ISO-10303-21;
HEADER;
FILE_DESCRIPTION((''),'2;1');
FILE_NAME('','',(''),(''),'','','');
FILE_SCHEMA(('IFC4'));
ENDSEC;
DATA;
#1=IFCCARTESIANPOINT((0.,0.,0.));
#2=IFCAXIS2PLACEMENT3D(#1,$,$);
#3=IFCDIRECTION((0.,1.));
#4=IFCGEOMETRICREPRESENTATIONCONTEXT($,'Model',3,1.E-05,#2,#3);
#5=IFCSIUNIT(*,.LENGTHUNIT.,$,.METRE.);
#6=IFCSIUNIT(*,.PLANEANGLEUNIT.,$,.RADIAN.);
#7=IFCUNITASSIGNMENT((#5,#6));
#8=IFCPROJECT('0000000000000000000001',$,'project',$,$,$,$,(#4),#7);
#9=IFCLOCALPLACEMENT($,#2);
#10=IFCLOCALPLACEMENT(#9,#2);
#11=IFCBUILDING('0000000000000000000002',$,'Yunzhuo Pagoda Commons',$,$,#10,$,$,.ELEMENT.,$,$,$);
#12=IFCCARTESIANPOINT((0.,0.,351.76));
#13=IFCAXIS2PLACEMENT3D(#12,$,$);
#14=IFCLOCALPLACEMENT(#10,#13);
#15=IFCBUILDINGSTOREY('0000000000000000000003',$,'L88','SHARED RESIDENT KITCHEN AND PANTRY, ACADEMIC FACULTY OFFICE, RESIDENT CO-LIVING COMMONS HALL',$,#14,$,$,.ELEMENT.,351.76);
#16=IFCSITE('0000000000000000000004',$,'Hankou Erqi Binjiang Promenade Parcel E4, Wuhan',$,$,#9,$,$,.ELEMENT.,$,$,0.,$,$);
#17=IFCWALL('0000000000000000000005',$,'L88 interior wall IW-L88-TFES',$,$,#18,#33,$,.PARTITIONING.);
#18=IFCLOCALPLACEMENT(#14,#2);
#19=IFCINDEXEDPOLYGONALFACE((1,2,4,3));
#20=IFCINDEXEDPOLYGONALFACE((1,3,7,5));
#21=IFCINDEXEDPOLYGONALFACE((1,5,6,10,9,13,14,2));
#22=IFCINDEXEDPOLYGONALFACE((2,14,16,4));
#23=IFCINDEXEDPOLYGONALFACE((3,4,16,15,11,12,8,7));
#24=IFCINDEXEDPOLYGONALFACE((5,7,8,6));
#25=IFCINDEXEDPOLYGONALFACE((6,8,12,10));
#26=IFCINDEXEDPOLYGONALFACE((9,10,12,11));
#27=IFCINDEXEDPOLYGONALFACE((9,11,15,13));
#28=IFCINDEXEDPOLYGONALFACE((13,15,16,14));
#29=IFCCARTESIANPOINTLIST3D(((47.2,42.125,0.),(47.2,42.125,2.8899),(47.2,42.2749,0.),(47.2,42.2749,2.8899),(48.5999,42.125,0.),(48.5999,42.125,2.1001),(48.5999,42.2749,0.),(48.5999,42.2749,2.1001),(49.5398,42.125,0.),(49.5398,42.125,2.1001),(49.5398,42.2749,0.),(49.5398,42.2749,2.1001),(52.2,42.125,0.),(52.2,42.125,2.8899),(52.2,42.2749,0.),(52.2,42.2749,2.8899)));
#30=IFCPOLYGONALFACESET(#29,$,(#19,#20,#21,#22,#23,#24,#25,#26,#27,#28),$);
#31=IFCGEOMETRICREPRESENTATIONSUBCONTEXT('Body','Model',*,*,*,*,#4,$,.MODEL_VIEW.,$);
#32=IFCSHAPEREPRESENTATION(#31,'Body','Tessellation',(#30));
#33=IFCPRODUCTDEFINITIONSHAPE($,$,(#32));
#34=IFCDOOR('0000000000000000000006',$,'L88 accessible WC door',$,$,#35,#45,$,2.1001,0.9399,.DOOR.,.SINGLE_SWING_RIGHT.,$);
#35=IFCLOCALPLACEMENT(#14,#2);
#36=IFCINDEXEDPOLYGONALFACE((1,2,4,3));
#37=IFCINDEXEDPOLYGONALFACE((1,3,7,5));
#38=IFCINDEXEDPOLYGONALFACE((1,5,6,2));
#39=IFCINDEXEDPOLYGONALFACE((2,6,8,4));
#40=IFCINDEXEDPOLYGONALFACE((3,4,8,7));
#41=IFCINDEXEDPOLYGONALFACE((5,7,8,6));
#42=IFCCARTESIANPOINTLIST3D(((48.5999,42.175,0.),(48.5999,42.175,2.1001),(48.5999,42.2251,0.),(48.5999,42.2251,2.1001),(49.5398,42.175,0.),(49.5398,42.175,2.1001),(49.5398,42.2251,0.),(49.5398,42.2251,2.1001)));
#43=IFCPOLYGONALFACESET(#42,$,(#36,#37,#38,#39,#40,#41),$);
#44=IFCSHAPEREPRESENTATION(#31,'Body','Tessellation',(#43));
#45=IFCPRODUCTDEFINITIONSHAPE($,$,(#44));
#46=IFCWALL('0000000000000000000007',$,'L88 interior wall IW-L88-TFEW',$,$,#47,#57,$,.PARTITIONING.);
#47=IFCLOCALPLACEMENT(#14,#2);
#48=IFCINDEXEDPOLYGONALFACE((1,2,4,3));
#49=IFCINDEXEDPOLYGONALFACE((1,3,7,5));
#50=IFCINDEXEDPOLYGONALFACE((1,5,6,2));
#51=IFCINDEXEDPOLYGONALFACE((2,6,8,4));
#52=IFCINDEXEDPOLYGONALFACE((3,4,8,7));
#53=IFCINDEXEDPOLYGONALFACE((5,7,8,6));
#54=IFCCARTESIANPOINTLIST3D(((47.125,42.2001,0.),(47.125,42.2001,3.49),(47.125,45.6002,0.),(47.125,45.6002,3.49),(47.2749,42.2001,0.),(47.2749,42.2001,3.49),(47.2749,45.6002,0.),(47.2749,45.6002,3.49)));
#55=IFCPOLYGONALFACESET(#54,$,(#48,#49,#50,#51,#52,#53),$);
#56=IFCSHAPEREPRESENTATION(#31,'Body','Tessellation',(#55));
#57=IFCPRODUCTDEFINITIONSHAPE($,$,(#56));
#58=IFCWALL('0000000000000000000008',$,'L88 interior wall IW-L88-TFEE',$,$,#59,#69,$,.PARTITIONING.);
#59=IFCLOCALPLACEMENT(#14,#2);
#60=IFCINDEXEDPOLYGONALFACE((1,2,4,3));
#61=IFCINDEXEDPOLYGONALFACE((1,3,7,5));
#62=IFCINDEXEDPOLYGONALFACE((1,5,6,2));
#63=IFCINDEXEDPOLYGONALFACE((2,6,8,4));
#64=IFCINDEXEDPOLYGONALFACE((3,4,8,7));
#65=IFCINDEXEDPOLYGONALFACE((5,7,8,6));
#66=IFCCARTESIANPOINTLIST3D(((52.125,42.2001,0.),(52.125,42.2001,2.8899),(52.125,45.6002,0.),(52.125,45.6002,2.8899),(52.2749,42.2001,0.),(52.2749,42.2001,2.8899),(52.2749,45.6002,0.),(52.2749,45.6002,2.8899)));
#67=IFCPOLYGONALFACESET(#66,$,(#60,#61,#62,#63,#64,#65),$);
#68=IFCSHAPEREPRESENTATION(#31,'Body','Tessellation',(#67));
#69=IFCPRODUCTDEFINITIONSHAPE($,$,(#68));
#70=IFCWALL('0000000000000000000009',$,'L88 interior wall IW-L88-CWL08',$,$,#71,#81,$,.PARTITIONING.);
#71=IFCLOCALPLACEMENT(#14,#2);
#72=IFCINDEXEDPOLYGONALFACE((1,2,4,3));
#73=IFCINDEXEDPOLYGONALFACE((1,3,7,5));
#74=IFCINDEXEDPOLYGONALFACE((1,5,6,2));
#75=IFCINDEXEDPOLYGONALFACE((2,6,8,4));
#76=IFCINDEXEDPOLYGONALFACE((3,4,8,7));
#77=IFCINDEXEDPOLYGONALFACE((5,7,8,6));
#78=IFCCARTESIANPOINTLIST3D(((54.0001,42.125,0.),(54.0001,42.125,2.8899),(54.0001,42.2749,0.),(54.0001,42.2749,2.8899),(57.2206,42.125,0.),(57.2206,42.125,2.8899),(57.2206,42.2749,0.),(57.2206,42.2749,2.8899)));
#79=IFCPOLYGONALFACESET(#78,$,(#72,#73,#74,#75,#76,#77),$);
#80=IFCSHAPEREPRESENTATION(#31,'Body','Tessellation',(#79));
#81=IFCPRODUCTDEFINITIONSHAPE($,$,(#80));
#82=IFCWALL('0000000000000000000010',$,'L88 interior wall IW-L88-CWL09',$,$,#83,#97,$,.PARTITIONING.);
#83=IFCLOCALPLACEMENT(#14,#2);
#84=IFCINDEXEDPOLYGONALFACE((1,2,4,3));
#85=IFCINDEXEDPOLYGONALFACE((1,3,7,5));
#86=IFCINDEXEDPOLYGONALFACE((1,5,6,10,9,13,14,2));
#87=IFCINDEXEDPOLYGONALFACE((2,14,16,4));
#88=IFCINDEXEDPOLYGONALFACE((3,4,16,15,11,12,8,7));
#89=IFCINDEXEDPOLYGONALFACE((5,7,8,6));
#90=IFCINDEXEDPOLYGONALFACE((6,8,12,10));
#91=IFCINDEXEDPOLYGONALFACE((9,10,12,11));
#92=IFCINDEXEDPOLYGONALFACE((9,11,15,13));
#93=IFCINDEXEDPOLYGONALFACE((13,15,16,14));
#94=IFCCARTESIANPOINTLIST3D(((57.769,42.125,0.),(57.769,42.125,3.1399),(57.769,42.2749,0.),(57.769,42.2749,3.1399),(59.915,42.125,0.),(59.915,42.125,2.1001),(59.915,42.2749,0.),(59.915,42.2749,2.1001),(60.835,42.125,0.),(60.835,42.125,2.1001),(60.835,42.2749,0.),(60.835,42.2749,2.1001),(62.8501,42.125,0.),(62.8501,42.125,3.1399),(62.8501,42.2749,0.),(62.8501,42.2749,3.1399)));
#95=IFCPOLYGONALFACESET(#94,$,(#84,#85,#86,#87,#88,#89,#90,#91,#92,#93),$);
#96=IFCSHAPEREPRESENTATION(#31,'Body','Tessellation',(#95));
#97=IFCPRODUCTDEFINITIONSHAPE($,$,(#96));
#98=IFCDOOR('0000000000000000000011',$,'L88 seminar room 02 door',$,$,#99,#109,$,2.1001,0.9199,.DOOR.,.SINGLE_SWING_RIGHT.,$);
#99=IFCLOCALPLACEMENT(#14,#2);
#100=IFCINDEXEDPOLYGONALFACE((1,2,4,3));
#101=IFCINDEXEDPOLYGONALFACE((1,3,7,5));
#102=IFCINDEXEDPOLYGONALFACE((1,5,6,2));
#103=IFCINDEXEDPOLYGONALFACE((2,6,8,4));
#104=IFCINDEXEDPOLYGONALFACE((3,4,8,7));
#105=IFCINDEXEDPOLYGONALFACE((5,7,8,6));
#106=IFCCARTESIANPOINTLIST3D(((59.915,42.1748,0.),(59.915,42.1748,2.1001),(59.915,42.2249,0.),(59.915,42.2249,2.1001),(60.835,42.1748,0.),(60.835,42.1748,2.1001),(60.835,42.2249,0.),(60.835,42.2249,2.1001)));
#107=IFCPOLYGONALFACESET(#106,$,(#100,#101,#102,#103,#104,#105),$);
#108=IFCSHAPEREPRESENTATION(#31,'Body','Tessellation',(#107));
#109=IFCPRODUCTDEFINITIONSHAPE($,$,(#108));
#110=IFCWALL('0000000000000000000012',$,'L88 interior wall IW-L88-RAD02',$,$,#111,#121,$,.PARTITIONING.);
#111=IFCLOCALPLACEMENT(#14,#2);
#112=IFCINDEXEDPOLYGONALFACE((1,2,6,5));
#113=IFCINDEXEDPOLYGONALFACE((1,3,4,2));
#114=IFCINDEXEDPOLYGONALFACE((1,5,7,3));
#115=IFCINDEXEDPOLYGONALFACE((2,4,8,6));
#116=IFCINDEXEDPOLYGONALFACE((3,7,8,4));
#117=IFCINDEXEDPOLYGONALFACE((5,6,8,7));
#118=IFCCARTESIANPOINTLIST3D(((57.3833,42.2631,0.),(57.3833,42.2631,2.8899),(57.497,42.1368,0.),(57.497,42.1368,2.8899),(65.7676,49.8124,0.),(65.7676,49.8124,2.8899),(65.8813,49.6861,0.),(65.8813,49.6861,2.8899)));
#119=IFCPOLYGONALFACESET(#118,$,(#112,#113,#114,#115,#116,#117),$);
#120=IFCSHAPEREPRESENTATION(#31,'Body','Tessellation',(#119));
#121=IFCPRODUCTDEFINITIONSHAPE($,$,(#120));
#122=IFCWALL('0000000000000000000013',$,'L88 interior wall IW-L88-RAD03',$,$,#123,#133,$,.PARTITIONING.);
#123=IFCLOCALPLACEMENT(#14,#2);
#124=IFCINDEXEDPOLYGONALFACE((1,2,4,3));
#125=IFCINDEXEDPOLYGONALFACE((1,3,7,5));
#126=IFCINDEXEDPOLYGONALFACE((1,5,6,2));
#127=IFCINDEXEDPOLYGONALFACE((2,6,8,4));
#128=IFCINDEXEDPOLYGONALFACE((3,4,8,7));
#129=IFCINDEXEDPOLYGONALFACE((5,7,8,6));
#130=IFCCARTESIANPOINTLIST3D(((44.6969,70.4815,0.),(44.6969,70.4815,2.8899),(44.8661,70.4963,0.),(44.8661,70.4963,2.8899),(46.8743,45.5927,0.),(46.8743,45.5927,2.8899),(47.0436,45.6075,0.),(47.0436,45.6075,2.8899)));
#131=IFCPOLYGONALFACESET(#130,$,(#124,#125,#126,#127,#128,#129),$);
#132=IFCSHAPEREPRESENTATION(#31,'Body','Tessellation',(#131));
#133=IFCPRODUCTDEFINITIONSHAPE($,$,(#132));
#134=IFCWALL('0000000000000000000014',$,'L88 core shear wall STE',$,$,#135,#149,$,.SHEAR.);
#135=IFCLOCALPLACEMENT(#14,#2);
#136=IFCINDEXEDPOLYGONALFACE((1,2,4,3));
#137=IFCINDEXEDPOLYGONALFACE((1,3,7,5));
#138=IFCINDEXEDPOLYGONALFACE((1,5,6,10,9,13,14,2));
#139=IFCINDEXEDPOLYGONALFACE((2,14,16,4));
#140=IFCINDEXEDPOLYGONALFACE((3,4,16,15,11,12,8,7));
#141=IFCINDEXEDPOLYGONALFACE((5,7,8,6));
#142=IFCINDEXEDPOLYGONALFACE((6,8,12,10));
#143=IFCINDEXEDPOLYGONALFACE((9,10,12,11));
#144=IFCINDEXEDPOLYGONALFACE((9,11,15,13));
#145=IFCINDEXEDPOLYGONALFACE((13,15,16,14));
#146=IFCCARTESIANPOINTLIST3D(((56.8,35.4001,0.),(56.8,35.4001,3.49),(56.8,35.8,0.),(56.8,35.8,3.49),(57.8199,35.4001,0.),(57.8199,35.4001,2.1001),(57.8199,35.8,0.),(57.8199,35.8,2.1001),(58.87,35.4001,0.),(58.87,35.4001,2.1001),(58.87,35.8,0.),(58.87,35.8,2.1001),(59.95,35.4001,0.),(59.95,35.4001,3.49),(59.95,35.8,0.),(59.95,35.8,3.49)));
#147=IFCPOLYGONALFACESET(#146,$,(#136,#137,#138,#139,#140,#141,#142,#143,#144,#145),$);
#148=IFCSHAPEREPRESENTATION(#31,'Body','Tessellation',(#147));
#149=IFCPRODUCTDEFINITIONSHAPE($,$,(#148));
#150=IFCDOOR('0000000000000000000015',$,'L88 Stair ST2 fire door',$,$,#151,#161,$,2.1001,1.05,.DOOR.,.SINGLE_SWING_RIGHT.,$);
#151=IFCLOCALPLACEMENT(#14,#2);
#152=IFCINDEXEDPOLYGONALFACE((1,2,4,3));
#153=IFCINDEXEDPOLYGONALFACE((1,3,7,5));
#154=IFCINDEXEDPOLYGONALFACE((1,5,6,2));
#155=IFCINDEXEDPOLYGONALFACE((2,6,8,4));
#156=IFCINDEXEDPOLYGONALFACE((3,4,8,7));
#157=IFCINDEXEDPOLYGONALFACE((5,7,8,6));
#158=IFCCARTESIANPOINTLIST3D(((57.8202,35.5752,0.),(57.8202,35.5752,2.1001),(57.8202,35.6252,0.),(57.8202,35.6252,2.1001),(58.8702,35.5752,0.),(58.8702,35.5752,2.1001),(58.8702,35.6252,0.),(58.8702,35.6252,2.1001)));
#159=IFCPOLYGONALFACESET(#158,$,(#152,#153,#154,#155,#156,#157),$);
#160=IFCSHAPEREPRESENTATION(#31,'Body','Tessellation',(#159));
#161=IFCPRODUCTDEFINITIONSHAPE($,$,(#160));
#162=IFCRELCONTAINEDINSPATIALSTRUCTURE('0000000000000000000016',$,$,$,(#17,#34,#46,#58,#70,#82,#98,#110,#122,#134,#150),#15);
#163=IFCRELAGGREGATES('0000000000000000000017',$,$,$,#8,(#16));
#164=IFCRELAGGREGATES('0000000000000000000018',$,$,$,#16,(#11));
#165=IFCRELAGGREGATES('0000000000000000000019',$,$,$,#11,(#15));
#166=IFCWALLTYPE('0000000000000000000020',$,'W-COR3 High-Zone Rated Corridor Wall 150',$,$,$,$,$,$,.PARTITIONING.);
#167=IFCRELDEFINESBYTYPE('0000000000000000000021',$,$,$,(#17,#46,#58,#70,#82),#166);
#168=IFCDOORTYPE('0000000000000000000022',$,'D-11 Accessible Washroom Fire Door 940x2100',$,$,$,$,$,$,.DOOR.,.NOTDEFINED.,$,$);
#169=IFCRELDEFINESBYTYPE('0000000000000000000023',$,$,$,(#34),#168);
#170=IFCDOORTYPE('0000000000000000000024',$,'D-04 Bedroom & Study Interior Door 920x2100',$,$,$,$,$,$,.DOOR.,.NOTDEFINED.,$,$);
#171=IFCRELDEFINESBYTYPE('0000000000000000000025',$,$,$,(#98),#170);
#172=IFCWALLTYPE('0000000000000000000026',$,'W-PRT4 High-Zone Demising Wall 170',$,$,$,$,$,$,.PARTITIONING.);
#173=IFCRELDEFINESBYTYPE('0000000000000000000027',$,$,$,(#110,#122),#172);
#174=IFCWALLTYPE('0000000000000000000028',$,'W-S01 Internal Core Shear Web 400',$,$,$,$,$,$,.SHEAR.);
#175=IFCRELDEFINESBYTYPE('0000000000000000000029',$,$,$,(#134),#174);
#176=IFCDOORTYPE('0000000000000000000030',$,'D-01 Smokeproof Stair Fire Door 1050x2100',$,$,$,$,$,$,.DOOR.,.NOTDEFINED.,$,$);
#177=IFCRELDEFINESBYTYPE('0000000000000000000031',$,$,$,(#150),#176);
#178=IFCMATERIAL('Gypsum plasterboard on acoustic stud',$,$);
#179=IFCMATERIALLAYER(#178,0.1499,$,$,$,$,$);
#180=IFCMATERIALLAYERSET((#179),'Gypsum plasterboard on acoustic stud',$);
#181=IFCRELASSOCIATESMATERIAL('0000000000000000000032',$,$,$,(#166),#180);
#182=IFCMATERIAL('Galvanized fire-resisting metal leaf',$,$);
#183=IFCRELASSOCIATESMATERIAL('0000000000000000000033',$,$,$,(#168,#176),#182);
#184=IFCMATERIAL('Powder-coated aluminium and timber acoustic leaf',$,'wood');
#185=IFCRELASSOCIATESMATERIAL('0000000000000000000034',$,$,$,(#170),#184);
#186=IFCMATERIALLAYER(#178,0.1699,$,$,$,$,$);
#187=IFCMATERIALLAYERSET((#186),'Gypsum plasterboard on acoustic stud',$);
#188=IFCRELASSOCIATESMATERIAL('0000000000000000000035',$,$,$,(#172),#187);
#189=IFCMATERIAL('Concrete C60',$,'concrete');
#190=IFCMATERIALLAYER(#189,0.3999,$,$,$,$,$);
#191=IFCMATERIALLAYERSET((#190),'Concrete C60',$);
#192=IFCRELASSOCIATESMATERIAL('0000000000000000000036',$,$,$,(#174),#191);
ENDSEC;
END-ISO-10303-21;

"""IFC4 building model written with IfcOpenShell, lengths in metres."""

from ifc_helpers import new_model, si_unit, direction, frame, frame_2d, origin, origin_with_axes, place, context, subcontext, project, spatial, rectangle, extrude, source, transform, mapped, material, layer, layer_set, type_object, element, fill, save


model = new_model("IFC4")

# Units and contexts
model_context = context("Model", 3, precision=1e-05, world=origin(), true_north=direction((0.0, 1.0)))
body_context = subcontext(model_context, "Body", "Model", "MODEL_VIEW")
ifc_project = project(units=[si_unit("LENGTHUNIT", "METRE"), si_unit("PLANEANGLEUNIT", "RADIAN")], contexts=[model_context])

# Site, building, storey
site_placement = place(None, origin())
site = spatial("IfcSite", under=ifc_project, at=site_placement, Name="Hankou Erqi Binjiang Promenade Parcel E4, Wuhan", CompositionType="ELEMENT", RefElevation=0.0)
building_placement = place(site_placement, origin())
building = spatial("IfcBuilding", under=site, at=building_placement, Name="Yunzhuo Pagoda Commons", CompositionType="ELEMENT")
storey_placement = place(building_placement, frame((0.0, 0.0, 351.76)))
storey = spatial("IfcBuildingStorey", under=building, at=storey_placement, Name="L88", Description="SHARED RESIDENT KITCHEN AND PANTRY, ACADEMIC FACULTY OFFICE, RESIDENT CO-LIVING COMMONS HALL", CompositionType="ELEMENT", Elevation=351.76)

# Wall, opening, door
ifc_material_1 = material(Name="Galvanized fire-resisting metal leaf")
shared_shape_1 = source(origin(), body_context, "Body", "SweptSolid", [
    extrude(rectangle(XDim=1.05, YDim=2.1001, at=frame_2d((0.5249, 1.05))), frame((0.0, 0.0249, 0.0), z_axis=(0.0, -1.0, 0.0), x_axis=(1.0, 0.0, 0.0)), (0.0, 0.0, 1.0), 0.05),
])
ifc_material_2 = material(Name="Gypsum plasterboard on acoustic stud")
ifc_layer_1 = layer(ifc_material_2, 0.1499)
ifc_layer_set_1 = layer_set([ifc_layer_1], Name="Gypsum plasterboard on acoustic stud")
wall_type_1 = type_object("IfcWallType", Name="W-COR3 High-Zone Rated Corridor Wall 150", PredefinedType="PARTITIONING", material=ifc_layer_set_1)
wall_1_placement = place(storey_placement, frame((47.2, 42.2, 0.0), z_axis=(0.0, 0.0, 1.0), x_axis=(1.0, 0.0, 0.0)))
wall_1 = element("IfcWall", 1, at=wall_1_placement, inside=storey, type_object=wall_type_1, Name="L88 interior wall IW-L88-TFES", PredefinedType="PARTITIONING", context=body_context, shape_type="SweptSolid", body=[
    extrude(rectangle(XDim=5.0, YDim=0.1499, at=frame_2d((2.5, 0.0))), origin(), (0.0, 0.0, 1.0), 2.8899),
])
opening_1_placement = place(wall_1_placement, frame((1.3999, 0.0, 0.0)))
opening_1 = element("IfcOpeningElement", 2, at=opening_1_placement, cuts=wall_1, PredefinedType="OPENING", context=body_context, shape_type="SweptSolid", body=[
    extrude(rectangle(XDim=0.9399, YDim=2.1001, at=frame_2d((0.47, 1.05))), frame((0.0, 0.085, 0.0), z_axis=(0.0, -1.0, 0.0), x_axis=(1.0, 0.0, 0.0)), (0.0, 0.0, 1.0), 0.1699),
])
door_type_1 = type_object("IfcDoorType", Name="D-11 Accessible Washroom Fire Door 940x2100", OperationType="NOTDEFINED", PredefinedType="DOOR", material=ifc_material_1)
shared_shape_2 = source(origin(), body_context, "Body", "SweptSolid", [
    extrude(rectangle(XDim=0.9399, YDim=2.1001, at=frame_2d((0.47, 1.05))), frame((0.0, 0.0249, 0.0), z_axis=(0.0, -1.0, 0.0), x_axis=(1.0, 0.0, 0.0)), (0.0, 0.0, 1.0), 0.05),
])
door_1_placement = place(opening_1_placement, frame((0.9399, 0.0, 0.0), z_axis=(0.0, 0.0, 1.0), x_axis=(-1.0, 0.0, 0.0)))
door_1 = element("IfcDoor", 3, at=door_1_placement, inside=storey, type_object=door_type_1, Name="L88 accessible WC door", OperationType="SINGLE_SWING_RIGHT", OverallHeight=2.1001, OverallWidth=0.9399, PredefinedType="DOOR", context=body_context, shape_type="MappedRepresentation", body=[
    mapped(shared_shape_2, transform((0.0, 0.0, 0.0), scale=1.0)),
])
fill(opening_1, door_1)

# Walls
wall_2_placement = place(storey_placement, frame((47.2, 42.2, 0.0), z_axis=(0.0, 0.0, 1.0), x_axis=(0.0, 1.0, 0.0)))
element("IfcWall", 4, at=wall_2_placement, inside=storey, type_object=wall_type_1, Name="L88 interior wall IW-L88-TFEW", PredefinedType="PARTITIONING", context=body_context, shape_type="SweptSolid", body=[
    extrude(rectangle(XDim=3.4001, YDim=0.1499, at=frame_2d((1.7002, 0.0))), origin(), (0.0, 0.0, 1.0), 3.49),
])
wall_3_placement = place(storey_placement, frame((52.2, 42.2, 0.0), z_axis=(0.0, 0.0, 1.0), x_axis=(0.0, 1.0, 0.0)))
element("IfcWall", 5, at=wall_3_placement, inside=storey, type_object=wall_type_1, Name="L88 interior wall IW-L88-TFEE", PredefinedType="PARTITIONING", context=body_context, shape_type="SweptSolid", body=[
    extrude(rectangle(XDim=3.4001, YDim=0.1499, at=frame_2d((1.7002, 0.0))), origin(), (0.0, 0.0, 1.0), 2.8899),
])
wall_4_placement = place(storey_placement, frame((54.0, 42.2, 0.0), z_axis=(0.0, 0.0, 1.0), x_axis=(1.0, 0.0, 0.0)))
element("IfcWall", 6, at=wall_4_placement, inside=storey, type_object=wall_type_1, Name="L88 interior wall IW-L88-CWL08", PredefinedType="PARTITIONING", context=body_context, shape_type="SweptSolid", body=[
    extrude(rectangle(XDim=3.2205, YDim=0.1499, at=frame_2d((1.6104, 0.0))), origin(), (0.0, 0.0, 1.0), 2.8899),
])

# Wall, opening, door
wall_5_placement = place(storey_placement, frame((57.769, 42.2, 0.0), z_axis=(0.0, 0.0, 1.0), x_axis=(1.0, 0.0, 0.0)))
wall_5 = element("IfcWall", 7, at=wall_5_placement, inside=storey, type_object=wall_type_1, Name="L88 interior wall IW-L88-CWL09", PredefinedType="PARTITIONING", context=body_context, shape_type="SweptSolid", body=[
    extrude(rectangle(XDim=5.0811, YDim=0.1499, at=frame_2d((2.5405, 0.0))), origin(), (0.0, 0.0, 1.0), 3.1399),
])
opening_2_placement = place(wall_5_placement, frame((2.146, 0.0, 0.0)))
opening_2 = element("IfcOpeningElement", 8, at=opening_2_placement, cuts=wall_5, PredefinedType="OPENING", context=body_context, shape_type="SweptSolid", body=[
    extrude(rectangle(XDim=0.9199, YDim=2.1001, at=frame_2d((0.46, 1.05))), frame((0.0, 0.085, 0.0), z_axis=(0.0, -1.0, 0.0), x_axis=(1.0, 0.0, 0.0)), (0.0, 0.0, 1.0), 0.1699),
])
ifc_material_3 = material(Name="Powder-coated aluminium and timber acoustic leaf", Category="wood")
door_type_2 = type_object("IfcDoorType", Name="D-04 Bedroom & Study Interior Door 920x2100", OperationType="NOTDEFINED", PredefinedType="DOOR", material=ifc_material_3)
shared_shape_3 = source(origin(), body_context, "Body", "SweptSolid", [
    extrude(rectangle(XDim=0.9199, YDim=2.1001, at=frame_2d((0.46, 1.05))), frame((0.0, 0.0249, 0.0), z_axis=(0.0, -1.0, 0.0), x_axis=(1.0, 0.0, 0.0)), (0.0, 0.0, 1.0), 0.05),
])
door_2_placement = place(opening_2_placement, origin_with_axes())
door_2 = element("IfcDoor", 9, at=door_2_placement, inside=storey, type_object=door_type_2, Name="L88 seminar room 02 door", OperationType="SINGLE_SWING_RIGHT", OverallHeight=2.1001, OverallWidth=0.9199, PredefinedType="DOOR", context=body_context, shape_type="MappedRepresentation", body=[
    mapped(shared_shape_3, transform((0.0, 0.0, 0.0), scale=1.0)),
])
fill(opening_2, door_2)

# Walls
ifc_layer_2 = layer(ifc_material_2, 0.1699)
ifc_layer_set_2 = layer_set([ifc_layer_2], Name="Gypsum plasterboard on acoustic stud")
wall_type_2 = type_object("IfcWallType", Name="W-PRT4 High-Zone Demising Wall 170", PredefinedType="PARTITIONING", material=ifc_layer_set_2)
wall_6_placement = place(storey_placement, frame((57.4402, 42.2, 0.0), z_axis=(0.0, 0.0, 1.0), x_axis=(0.743141, 0.669134, 0.0)))
element("IfcWall", 10, at=wall_6_placement, inside=storey, type_object=wall_type_2, Name="L88 interior wall IW-L88-RAD02", PredefinedType="PARTITIONING", context=body_context, shape_type="SweptSolid", body=[
    extrude(rectangle(XDim=11.2822, YDim=0.1699, at=frame_2d((5.6411, 0.0))), origin(), (0.0, 0.0, 1.0), 2.8899),
])
wall_7_placement = place(storey_placement, frame((46.959, 45.6001, 0.0), z_axis=(0.0, 0.0, 1.0), x_axis=(-0.087155, 0.996195, 0.0)))
element("IfcWall", 11, at=wall_7_placement, inside=storey, type_object=wall_type_2, Name="L88 interior wall IW-L88-RAD03", PredefinedType="PARTITIONING", context=body_context, shape_type="SweptSolid", body=[
    extrude(rectangle(XDim=24.9839, YDim=0.1699, at=frame_2d((12.4919, 0.0))), origin(), (0.0, 0.0, 1.0), 2.8899),
])

# Wall, opening, door
ifc_material_4 = material(Name="Concrete C60", Category="concrete")
ifc_layer_3 = layer(ifc_material_4, 0.3999)
ifc_layer_set_3 = layer_set([ifc_layer_3], Name="Concrete C60")
wall_type_3 = type_object("IfcWallType", Name="W-S01 Internal Core Shear Web 400", PredefinedType="SHEAR", material=ifc_layer_set_3)
wall_8_placement = place(storey_placement, frame((56.8, 35.6001, 0.0), z_axis=(0.0, 0.0, 1.0), x_axis=(1.0, 0.0, 0.0)))
wall_8 = element("IfcWall", 12, at=wall_8_placement, inside=storey, type_object=wall_type_3, Name="L88 core shear wall STE", PredefinedType="SHEAR", context=body_context, shape_type="SweptSolid", body=[
    extrude(rectangle(XDim=3.1499, YDim=0.3999, at=frame_2d((1.575, 0.0))), origin(), (0.0, 0.0, 1.0), 3.49),
])
opening_3_placement = place(wall_8_placement, frame((1.02, 0.0, 0.0)))
opening_3 = element("IfcOpeningElement", 13, at=opening_3_placement, cuts=wall_8, PredefinedType="OPENING", context=body_context, shape_type="SweptSolid", body=[
    extrude(rectangle(XDim=1.05, YDim=2.1001, at=frame_2d((0.5249, 1.05))), frame((0.0, 0.21, 0.0), z_axis=(0.0, -1.0, 0.0), x_axis=(1.0, 0.0, 0.0)), (0.0, 0.0, 1.0), 0.4199),
])
door_type_3 = type_object("IfcDoorType", Name="D-01 Smokeproof Stair Fire Door 1050x2100", OperationType="NOTDEFINED", PredefinedType="DOOR", material=ifc_material_1)
door_3_placement = place(opening_3_placement, frame((1.05, 0.0, 0.0), z_axis=(0.0, 0.0, 1.0), x_axis=(-1.0, 0.0, 0.0)))
door_3 = element("IfcDoor", 14, at=door_3_placement, inside=storey, type_object=door_type_3, Name="L88 Stair ST2 fire door", OperationType="SINGLE_SWING_RIGHT", OverallHeight=2.1001, OverallWidth=1.05, PredefinedType="DOOR", context=body_context, shape_type="MappedRepresentation", body=[
    mapped(shared_shape_1, transform((0.0, 0.0, 0.0), scale=1.0)),
])
fill(opening_3, door_3)

save(model, "model.ifc")
